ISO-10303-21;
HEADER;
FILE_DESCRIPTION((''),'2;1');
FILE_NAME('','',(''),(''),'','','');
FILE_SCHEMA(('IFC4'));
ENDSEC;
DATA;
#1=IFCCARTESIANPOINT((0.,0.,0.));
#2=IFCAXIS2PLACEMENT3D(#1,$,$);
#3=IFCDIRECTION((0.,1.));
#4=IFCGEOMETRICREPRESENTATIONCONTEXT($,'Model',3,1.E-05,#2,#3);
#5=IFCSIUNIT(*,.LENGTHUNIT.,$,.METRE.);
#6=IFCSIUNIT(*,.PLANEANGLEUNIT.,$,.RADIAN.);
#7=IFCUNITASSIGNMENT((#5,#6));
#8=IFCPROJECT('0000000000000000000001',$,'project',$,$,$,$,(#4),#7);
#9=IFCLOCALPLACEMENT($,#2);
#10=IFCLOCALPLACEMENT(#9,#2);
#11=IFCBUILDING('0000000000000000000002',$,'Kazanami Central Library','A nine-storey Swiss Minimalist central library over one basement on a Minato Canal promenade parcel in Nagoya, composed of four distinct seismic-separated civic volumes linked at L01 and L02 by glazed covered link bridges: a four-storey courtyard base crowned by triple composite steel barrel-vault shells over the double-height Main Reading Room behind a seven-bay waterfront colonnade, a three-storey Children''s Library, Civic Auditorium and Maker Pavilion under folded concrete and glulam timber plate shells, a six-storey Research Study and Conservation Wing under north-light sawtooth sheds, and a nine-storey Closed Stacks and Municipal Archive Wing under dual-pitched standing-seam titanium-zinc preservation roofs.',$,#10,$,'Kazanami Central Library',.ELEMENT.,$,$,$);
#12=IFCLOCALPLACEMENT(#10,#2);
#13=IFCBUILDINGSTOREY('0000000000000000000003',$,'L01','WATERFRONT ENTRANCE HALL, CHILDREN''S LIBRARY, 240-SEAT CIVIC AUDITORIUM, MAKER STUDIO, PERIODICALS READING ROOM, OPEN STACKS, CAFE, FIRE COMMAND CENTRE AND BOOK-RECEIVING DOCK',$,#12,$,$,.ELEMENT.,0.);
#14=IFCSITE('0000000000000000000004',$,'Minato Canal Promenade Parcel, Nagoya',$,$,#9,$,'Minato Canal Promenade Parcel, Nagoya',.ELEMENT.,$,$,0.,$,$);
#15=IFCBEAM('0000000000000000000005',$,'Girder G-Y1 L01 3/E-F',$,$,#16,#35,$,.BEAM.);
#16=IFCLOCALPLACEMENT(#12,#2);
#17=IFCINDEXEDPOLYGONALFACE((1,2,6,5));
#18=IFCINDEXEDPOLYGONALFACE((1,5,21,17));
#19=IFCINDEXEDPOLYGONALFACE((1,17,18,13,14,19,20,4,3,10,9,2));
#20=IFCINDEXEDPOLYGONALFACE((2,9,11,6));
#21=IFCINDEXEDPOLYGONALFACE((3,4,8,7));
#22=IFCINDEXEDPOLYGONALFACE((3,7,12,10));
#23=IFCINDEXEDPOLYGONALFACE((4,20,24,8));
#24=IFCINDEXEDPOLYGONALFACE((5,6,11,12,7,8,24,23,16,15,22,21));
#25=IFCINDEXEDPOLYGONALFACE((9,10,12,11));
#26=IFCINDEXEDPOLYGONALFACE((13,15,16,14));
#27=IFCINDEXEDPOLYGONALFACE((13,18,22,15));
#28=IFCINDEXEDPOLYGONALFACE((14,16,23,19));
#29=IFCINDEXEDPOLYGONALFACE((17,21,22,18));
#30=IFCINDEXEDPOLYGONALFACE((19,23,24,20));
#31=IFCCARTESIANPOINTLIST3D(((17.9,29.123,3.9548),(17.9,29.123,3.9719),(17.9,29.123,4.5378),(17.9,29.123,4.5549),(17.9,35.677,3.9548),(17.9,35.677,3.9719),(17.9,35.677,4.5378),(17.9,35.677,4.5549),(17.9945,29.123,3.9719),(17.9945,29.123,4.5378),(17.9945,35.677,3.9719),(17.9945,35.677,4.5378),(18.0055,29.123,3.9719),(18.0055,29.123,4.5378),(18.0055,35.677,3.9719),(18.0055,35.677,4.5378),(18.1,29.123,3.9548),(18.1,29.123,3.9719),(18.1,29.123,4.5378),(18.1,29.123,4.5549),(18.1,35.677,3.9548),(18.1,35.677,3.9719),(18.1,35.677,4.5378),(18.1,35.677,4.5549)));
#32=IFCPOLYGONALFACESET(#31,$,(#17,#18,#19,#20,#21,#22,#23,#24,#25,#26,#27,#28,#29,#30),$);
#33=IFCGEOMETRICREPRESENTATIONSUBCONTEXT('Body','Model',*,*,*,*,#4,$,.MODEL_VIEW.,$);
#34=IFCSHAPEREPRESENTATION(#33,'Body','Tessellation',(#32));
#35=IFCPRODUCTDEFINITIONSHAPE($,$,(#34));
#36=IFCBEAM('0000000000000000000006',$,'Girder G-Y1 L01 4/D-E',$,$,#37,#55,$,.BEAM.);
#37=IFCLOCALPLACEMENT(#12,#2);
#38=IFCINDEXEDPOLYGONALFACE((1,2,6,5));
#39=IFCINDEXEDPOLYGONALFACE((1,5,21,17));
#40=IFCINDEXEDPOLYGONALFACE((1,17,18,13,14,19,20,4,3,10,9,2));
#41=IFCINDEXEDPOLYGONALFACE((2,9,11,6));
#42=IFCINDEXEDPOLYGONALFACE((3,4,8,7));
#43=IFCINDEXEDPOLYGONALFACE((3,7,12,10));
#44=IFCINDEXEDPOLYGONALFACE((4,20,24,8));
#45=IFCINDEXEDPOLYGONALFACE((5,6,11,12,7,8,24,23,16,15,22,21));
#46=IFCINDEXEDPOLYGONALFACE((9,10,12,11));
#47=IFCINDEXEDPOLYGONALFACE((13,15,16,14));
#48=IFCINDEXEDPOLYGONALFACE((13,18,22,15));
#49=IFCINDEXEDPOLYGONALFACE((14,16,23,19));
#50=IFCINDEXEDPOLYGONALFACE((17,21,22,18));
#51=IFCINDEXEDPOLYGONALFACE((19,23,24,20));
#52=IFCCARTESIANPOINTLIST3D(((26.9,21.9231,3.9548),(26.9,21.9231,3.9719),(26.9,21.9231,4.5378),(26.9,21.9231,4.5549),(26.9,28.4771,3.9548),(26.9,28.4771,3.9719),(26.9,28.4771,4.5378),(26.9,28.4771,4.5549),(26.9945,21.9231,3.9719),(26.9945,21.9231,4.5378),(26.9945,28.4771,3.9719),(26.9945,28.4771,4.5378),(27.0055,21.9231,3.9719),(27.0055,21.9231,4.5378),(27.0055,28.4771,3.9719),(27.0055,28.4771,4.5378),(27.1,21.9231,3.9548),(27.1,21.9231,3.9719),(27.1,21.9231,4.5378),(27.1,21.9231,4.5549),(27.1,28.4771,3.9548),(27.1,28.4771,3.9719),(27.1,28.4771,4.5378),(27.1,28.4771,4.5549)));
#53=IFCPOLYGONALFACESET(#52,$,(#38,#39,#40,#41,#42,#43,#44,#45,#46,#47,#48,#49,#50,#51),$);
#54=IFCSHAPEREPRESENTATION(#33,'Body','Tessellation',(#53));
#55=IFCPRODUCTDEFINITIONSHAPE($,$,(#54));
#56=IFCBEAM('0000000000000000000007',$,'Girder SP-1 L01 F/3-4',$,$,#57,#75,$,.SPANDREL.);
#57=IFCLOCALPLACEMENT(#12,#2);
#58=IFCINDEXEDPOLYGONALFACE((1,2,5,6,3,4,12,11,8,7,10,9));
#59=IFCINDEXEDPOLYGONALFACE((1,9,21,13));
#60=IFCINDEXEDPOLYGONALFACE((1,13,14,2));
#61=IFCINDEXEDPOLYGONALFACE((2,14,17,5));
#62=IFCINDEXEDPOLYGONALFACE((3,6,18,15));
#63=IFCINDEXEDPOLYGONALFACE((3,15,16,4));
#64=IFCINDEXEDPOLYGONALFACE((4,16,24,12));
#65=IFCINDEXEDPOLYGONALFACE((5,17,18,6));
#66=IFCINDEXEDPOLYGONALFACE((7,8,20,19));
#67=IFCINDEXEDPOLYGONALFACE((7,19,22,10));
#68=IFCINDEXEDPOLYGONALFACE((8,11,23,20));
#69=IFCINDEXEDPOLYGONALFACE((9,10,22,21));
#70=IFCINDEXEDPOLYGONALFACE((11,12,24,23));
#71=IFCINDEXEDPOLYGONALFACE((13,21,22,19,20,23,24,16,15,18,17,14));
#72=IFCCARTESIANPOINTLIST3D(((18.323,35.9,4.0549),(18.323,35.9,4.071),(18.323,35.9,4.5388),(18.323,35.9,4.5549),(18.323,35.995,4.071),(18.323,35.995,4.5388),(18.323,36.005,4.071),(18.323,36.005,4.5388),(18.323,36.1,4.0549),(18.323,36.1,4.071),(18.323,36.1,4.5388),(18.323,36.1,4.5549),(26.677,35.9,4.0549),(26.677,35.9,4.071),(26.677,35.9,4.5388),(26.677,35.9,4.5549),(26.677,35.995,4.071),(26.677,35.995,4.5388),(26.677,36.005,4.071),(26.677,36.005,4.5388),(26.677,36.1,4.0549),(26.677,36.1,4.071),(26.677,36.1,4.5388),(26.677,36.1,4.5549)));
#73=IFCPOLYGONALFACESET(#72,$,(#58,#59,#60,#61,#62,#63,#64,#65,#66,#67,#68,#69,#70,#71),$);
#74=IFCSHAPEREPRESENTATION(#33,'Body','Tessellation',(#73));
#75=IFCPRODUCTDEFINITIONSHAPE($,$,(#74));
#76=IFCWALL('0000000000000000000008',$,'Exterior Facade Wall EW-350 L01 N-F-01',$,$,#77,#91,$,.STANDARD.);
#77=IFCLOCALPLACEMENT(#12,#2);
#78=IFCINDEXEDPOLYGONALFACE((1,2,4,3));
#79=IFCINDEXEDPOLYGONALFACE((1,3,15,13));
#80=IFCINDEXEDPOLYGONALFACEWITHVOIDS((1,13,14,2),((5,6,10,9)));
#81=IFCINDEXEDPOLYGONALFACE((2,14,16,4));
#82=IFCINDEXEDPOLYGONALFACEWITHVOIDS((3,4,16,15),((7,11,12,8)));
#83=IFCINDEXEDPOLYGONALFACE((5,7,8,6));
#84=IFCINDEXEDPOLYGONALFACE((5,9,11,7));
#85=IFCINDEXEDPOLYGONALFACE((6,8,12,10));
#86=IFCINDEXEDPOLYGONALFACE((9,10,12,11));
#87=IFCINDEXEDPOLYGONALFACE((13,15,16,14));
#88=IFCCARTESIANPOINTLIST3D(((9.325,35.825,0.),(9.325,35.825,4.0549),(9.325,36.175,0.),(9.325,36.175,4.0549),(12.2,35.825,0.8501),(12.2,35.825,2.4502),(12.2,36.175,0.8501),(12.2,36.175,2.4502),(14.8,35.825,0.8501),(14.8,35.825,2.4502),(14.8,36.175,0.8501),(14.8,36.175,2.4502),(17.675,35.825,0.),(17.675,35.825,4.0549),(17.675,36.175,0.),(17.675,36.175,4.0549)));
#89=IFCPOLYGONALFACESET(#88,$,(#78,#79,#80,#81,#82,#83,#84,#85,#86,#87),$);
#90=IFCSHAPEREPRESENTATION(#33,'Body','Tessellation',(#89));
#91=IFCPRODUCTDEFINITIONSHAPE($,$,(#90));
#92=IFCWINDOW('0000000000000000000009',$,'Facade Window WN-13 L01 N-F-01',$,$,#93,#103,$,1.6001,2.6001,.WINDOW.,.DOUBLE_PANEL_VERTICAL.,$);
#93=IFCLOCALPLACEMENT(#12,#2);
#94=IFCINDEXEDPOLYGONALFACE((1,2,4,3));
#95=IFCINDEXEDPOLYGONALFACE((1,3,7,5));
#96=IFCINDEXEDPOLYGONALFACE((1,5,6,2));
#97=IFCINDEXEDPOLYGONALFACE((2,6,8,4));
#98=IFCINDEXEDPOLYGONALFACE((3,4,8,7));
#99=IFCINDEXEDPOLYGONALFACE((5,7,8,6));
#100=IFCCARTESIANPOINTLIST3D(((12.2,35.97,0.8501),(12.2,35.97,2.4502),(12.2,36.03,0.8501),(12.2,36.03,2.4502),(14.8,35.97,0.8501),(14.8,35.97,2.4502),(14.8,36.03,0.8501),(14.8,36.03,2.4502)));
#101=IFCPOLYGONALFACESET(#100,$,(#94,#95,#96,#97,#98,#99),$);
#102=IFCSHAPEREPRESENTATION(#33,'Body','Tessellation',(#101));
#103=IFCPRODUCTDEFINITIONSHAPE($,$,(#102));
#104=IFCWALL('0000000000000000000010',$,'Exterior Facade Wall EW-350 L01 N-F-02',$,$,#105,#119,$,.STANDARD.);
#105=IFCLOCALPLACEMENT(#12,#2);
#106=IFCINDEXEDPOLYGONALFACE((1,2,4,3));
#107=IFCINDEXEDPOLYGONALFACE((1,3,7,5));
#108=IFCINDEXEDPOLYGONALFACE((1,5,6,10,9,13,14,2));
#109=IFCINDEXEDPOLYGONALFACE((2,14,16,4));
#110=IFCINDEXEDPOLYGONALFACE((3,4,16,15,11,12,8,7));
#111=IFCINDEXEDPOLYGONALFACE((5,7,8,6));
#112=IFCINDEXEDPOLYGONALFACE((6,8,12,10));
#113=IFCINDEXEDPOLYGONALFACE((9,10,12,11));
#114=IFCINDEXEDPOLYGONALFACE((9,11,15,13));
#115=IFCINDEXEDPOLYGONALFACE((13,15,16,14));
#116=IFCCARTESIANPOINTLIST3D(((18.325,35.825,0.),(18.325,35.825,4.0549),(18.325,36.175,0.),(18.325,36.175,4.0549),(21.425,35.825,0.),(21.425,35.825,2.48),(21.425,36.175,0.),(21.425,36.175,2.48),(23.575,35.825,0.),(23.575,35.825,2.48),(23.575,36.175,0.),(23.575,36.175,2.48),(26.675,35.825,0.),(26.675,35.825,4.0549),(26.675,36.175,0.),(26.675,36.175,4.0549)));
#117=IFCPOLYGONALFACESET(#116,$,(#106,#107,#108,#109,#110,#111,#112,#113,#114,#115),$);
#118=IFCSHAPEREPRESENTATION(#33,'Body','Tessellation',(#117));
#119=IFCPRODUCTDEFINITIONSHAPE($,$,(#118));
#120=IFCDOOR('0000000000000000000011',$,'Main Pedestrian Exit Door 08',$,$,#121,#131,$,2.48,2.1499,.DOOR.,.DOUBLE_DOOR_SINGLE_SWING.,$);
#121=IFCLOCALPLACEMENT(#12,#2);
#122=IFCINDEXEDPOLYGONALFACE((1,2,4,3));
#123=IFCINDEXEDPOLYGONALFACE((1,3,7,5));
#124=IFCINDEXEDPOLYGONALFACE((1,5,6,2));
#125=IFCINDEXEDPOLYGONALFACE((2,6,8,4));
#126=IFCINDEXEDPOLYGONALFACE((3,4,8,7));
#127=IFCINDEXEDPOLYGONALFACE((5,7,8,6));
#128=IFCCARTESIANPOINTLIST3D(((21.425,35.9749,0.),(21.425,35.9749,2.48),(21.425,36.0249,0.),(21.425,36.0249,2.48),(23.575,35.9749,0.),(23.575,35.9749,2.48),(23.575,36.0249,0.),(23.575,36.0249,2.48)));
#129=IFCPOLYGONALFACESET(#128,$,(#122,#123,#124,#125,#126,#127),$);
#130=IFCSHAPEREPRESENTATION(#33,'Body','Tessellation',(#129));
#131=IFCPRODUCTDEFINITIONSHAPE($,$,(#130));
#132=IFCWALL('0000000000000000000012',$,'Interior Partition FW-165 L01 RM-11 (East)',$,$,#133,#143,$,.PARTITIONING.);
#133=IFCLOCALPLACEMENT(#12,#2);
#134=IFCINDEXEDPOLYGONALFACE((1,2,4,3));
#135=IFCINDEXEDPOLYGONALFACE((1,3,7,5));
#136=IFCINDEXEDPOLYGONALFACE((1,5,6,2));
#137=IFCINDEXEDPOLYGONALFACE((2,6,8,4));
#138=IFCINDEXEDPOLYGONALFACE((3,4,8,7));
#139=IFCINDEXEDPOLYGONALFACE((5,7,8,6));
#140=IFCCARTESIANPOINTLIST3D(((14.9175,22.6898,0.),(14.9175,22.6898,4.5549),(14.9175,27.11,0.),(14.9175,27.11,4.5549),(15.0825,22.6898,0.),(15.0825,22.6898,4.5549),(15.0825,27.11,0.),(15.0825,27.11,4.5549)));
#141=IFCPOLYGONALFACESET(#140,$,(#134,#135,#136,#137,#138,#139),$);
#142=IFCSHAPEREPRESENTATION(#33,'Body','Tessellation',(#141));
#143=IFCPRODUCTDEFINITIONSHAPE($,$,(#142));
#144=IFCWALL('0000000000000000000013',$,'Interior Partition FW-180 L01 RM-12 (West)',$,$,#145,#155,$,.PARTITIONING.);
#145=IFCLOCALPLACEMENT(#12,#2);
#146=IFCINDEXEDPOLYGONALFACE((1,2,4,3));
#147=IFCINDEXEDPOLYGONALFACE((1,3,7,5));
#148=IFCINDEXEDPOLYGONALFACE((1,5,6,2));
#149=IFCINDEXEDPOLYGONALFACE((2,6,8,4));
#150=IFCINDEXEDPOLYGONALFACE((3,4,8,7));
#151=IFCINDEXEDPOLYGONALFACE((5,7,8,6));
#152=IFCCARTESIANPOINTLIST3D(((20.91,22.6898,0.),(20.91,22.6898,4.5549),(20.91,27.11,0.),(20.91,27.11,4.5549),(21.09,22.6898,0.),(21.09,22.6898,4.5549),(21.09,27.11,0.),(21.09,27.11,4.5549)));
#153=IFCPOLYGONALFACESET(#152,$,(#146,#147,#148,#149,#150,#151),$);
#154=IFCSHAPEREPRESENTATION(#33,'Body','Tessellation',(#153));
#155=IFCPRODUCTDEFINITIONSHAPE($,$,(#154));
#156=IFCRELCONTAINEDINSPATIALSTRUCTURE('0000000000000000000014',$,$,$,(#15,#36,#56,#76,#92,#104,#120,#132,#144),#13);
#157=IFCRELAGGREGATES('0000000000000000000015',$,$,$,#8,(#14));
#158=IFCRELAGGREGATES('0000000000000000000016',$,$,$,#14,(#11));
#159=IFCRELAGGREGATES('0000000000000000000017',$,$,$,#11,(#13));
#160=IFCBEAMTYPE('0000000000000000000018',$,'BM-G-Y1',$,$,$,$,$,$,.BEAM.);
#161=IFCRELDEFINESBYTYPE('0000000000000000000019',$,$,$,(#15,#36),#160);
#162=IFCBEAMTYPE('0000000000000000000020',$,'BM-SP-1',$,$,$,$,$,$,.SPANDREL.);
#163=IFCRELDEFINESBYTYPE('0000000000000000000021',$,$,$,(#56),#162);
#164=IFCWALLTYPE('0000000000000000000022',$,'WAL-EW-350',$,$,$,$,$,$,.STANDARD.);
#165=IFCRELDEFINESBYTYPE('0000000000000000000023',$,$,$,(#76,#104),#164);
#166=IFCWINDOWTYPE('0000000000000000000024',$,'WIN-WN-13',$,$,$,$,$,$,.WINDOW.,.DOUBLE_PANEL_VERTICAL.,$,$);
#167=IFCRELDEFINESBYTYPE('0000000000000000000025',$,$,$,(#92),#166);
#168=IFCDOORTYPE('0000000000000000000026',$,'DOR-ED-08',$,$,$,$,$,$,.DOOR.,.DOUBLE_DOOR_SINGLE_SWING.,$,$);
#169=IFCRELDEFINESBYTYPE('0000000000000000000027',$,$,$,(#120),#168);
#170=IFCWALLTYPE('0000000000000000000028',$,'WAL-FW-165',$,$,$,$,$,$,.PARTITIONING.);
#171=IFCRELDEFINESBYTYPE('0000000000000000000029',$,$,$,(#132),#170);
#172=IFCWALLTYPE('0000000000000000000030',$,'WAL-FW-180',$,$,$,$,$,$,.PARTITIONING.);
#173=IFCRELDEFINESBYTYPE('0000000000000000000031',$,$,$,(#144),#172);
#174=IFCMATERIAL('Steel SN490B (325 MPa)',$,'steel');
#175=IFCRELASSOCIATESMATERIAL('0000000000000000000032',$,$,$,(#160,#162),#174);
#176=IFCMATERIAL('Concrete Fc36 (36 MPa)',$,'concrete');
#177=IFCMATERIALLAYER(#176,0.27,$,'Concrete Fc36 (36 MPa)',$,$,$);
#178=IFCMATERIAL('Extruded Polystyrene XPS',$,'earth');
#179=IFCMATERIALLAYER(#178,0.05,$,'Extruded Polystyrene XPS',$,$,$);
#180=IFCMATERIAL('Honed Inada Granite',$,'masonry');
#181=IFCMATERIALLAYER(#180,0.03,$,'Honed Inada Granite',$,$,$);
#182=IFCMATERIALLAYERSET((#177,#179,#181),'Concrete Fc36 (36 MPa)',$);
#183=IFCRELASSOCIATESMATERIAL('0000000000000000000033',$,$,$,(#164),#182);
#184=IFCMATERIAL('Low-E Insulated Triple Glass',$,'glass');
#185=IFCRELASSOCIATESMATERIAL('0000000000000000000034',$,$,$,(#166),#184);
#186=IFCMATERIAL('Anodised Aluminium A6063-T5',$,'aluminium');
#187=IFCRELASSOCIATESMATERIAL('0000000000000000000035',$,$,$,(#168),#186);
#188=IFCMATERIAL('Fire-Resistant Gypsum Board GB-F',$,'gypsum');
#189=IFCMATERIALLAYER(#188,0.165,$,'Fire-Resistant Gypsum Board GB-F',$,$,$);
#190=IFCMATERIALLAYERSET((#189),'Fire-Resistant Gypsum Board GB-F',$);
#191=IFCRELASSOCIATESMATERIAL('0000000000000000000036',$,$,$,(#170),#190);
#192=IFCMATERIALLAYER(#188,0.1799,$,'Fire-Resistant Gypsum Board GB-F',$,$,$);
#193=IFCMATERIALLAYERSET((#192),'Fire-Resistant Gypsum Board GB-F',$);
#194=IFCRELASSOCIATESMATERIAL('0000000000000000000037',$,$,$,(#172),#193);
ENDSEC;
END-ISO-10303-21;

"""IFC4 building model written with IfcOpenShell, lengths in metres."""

from ifc_helpers import new_model, si_unit, direction, frame, frame_2d, origin, origin_2d, place, context, subcontext, project, spatial, rectangle, i_section, extrude, material, layer, layer_set, material_profile, profile_set, type_object, element, fill, save


model = new_model("IFC4")

# Units and contexts
model_context = context("Model", 3, precision=1e-05, world=origin(), true_north=direction((0.0, 1.0)))
body_context = subcontext(model_context, "Body", "Model", "MODEL_VIEW")
ifc_project = project(units=[si_unit("LENGTHUNIT", "METRE"), si_unit("PLANEANGLEUNIT", "RADIAN")], contexts=[model_context])

# Site, building, storey
site_placement = place(None, origin())
site = spatial("IfcSite", under=ifc_project, at=site_placement, Name="Minato Canal Promenade Parcel, Nagoya", LongName="Minato Canal Promenade Parcel, Nagoya", CompositionType="ELEMENT", RefElevation=0.0)
building_placement = place(site_placement, origin())
building = spatial("IfcBuilding", under=site, at=building_placement, Name="Kazanami Central Library", Description="A nine-storey Swiss Minimalist central library over one basement on a Minato Canal promenade parcel in Nagoya, composed of four distinct seismic-separated civic volumes linked at L01 and L02 by glazed covered link bridges: a four-storey courtyard base crowned by triple composite steel barrel-vault shells over the double-height Main Reading Room behind a seven-bay waterfront colonnade, a three-storey Children's Library, Civic Auditorium and Maker Pavilion under folded concrete and glulam timber plate shells, a six-storey Research Study and Conservation Wing under north-light sawtooth sheds, and a nine-storey Closed Stacks and Municipal Archive Wing under dual-pitched standing-seam titanium-zinc preservation roofs.", LongName="Kazanami Central Library", CompositionType="ELEMENT")
storey_placement = place(building_placement, origin())
storey = spatial("IfcBuildingStorey", under=building, at=storey_placement, Name="L01", Description="WATERFRONT ENTRANCE HALL, CHILDREN'S LIBRARY, 240-SEAT CIVIC AUDITORIUM, MAKER STUDIO, PERIODICALS READING ROOM, OPEN STACKS, CAFE, FIRE COMMAND CENTRE AND BOOK-RECEIVING DOCK", CompositionType="ELEMENT", Elevation=0.0)

# Beams
ifc_material_1 = material(Name="Steel SN490B (325 MPa)", Category="steel")
ifc_material_profile_1 = material_profile(ifc_material_1, i_section(OverallWidth=0.2, OverallDepth=0.6001, WebThickness=0.011, FlangeThickness=0.0171, at=origin_2d()), Name="H-600x200x11x17")
ifc_profile_set_1 = profile_set([ifc_material_profile_1], Name="Steel SN490B (325 MPa)")
beam_type_1 = type_object("IfcBeamType", Name="BM-G-Y1", PredefinedType="BEAM", material=ifc_profile_set_1)
for number, where, z_axis, x_axis, name in (
    (1, (18.0, 29.123, 4.2549), (0.0, 1.0, 0.0), (-1.0, 0.0, 0.0), "Girder G-Y1 L01 3/E-F"),
    (2, (27.0, 21.9231, 4.2549), (0.0, 1.0, 0.0), (-1.0, 0.0, 0.0), "Girder G-Y1 L01 4/D-E"),
):
    element("IfcBeam", number, at=place(storey_placement, frame(where, z_axis=z_axis, x_axis=x_axis)), inside=storey, type_object=beam_type_1, Name=name, PredefinedType="BEAM", context=body_context, shape_type="SweptSolid", body=[
        extrude(i_section(OverallWidth=0.2, OverallDepth=0.6001, WebThickness=0.011, FlangeThickness=0.0171, at=origin_2d()), origin(), (0.0, 0.0, 1.0), 6.554),
    ])
ifc_material_profile_2 = material_profile(ifc_material_1, i_section(OverallWidth=0.2, OverallDepth=0.5, WebThickness=0.01, FlangeThickness=0.0161, at=origin_2d()), Name="H-500x200x10x16")
ifc_profile_set_2 = profile_set([ifc_material_profile_2], Name="Steel SN490B (325 MPa)")
beam_type_2 = type_object("IfcBeamType", Name="BM-SP-1", PredefinedType="SPANDREL", material=ifc_profile_set_2)
beam_1_placement = place(storey_placement, frame((18.323, 36.0, 4.3049), z_axis=(1.0, 0.0, 0.0), x_axis=(0.0, 1.0, 0.0)))
element("IfcBeam", 3, at=beam_1_placement, inside=storey, type_object=beam_type_2, Name="Girder SP-1 L01 F/3-4", PredefinedType="SPANDREL", context=body_context, shape_type="SweptSolid", body=[
    extrude(i_section(OverallWidth=0.2, OverallDepth=0.5, WebThickness=0.01, FlangeThickness=0.0161, at=origin_2d()), origin(), (0.0, 0.0, 1.0), 8.354),
])

# Wall, opening, window
ifc_material_2 = material(Name="Concrete Fc36 (36 MPa)", Category="concrete")
ifc_layer_1 = layer(ifc_material_2, 0.27, Name="Concrete Fc36 (36 MPa)")
ifc_material_3 = material(Name="Extruded Polystyrene XPS", Category="earth")
ifc_layer_2 = layer(ifc_material_3, 0.05, Name="Extruded Polystyrene XPS")
ifc_material_4 = material(Name="Honed Inada Granite", Category="masonry")
ifc_layer_3 = layer(ifc_material_4, 0.03, Name="Honed Inada Granite")
ifc_layer_set_1 = layer_set([ifc_layer_1, ifc_layer_2, ifc_layer_3], Name="Concrete Fc36 (36 MPa)")
wall_type_1 = type_object("IfcWallType", Name="WAL-EW-350", PredefinedType="STANDARD", material=ifc_layer_set_1)
wall_1_placement = place(storey_placement, frame((17.675, 36.0, 0.0), z_axis=(0.0, 0.0, 1.0), x_axis=(-1.0, 0.0, 0.0)))
wall_1 = element("IfcWall", 4, at=wall_1_placement, inside=storey, type_object=wall_type_1, Name="Exterior Facade Wall EW-350 L01 N-F-01", PredefinedType="STANDARD", context=body_context, shape_type="SweptSolid", body=[
    extrude(rectangle(XDim=8.3501, YDim=0.3501, at=frame_2d((4.175, 0.0))), origin(), (0.0, 0.0, 1.0), 4.0549),
])
opening_1_placement = place(wall_1_placement, frame((2.875, 0.0, 0.8501)))
opening_1 = element("IfcOpeningElement", 5, at=opening_1_placement, cuts=wall_1, PredefinedType="OPENING", context=body_context, shape_type="SweptSolid", body=[
    extrude(rectangle(XDim=2.6001, YDim=1.6001, at=frame_2d((1.3, 0.8))), frame((0.0, 0.187, 0.0), z_axis=(0.0, -1.0, 0.0), x_axis=(1.0, 0.0, 0.0)), (0.0, 0.0, 1.0), 0.374),
])
ifc_material_5 = material(Name="Low-E Insulated Triple Glass", Category="glass")
window_type = type_object("IfcWindowType", Name="WIN-WN-13", PartitioningType="DOUBLE_PANEL_VERTICAL", PredefinedType="WINDOW", material=ifc_material_5)
window_placement = place(opening_1_placement, origin())
window = element("IfcWindow", 6, at=window_placement, inside=storey, type_object=window_type, Name="Facade Window WN-13 L01 N-F-01", OverallHeight=1.6001, OverallWidth=2.6001, PartitioningType="DOUBLE_PANEL_VERTICAL", PredefinedType="WINDOW", context=body_context, shape_type="SweptSolid", body=[
    extrude(rectangle(XDim=2.6001, YDim=1.6001, at=frame_2d((1.3, 0.8))), frame((0.0, 0.03, 0.0), z_axis=(0.0, -1.0, 0.0), x_axis=(1.0, 0.0, 0.0)), (0.0, 0.0, 1.0), 0.0601),
])
fill(opening_1, window)

# Wall, opening, door
wall_2_placement = place(storey_placement, frame((26.675, 36.0, 0.0), z_axis=(0.0, 0.0, 1.0), x_axis=(-1.0, 0.0, 0.0)))
wall_2 = element("IfcWall", 7, at=wall_2_placement, inside=storey, type_object=wall_type_1, Name="Exterior Facade Wall EW-350 L01 N-F-02", PredefinedType="STANDARD", context=body_context, shape_type="SweptSolid", body=[
    extrude(rectangle(XDim=8.3501, YDim=0.3501, at=frame_2d((4.175, 0.0))), origin(), (0.0, 0.0, 1.0), 4.0549),
])
opening_2_placement = place(wall_2_placement, frame((3.1001, 0.0, 0.0)))
opening_2 = element("IfcOpeningElement", 8, at=opening_2_placement, cuts=wall_2, PredefinedType="OPENING", context=body_context, shape_type="SweptSolid", body=[
    extrude(rectangle(XDim=2.1499, YDim=2.48, at=frame_2d((1.075, 1.24))), frame((0.0, 0.187, 0.0), z_axis=(0.0, -1.0, 0.0), x_axis=(1.0, 0.0, 0.0)), (0.0, 0.0, 1.0), 0.374),
])
ifc_material_6 = material(Name="Anodised Aluminium A6063-T5", Category="aluminium")
door_type_1 = type_object("IfcDoorType", Name="DOR-ED-08", OperationType="DOUBLE_DOOR_SINGLE_SWING", PredefinedType="DOOR", material=ifc_material_6)
door_1_placement = place(opening_2_placement, frame((2.1499, 0.0, 0.0), z_axis=(0.0, 0.0, 1.0), x_axis=(-1.0, 0.0, 0.0)))
door_1 = element("IfcDoor", 9, at=door_1_placement, inside=storey, type_object=door_type_1, Name="Main Pedestrian Exit Door 08", OperationType="DOUBLE_DOOR_SINGLE_SWING", OverallHeight=2.48, OverallWidth=2.1499, PredefinedType="DOOR", context=body_context, shape_type="SweptSolid", body=[
    extrude(rectangle(XDim=2.1499, YDim=2.48, at=frame_2d((1.075, 1.24))), frame((0.0, 0.0249, 0.0), z_axis=(0.0, -1.0, 0.0), x_axis=(1.0, 0.0, 0.0)), (0.0, 0.0, 1.0), 0.05),
])
fill(opening_2, door_1)

# Wall
ifc_material_7 = material(Name="Fire-Resistant Gypsum Board GB-F", Category="gypsum")
ifc_layer_4 = layer(ifc_material_7, 0.165, Name="Fire-Resistant Gypsum Board GB-F")
ifc_layer_set_2 = layer_set([ifc_layer_4], Name="Fire-Resistant Gypsum Board GB-F")
wall_type_2 = type_object("IfcWallType", Name="WAL-FW-165", PredefinedType="PARTITIONING", material=ifc_layer_set_2)
wall_3_placement = place(storey_placement, frame((15.0, 22.6899, 0.0), z_axis=(0.0, 0.0, 1.0), x_axis=(0.0, 1.0, 0.0)))
element("IfcWall", 10, at=wall_3_placement, inside=storey, type_object=wall_type_2, Name="Interior Partition FW-165 L01 RM-11 (East)", PredefinedType="PARTITIONING", context=body_context, shape_type="SweptSolid", body=[
    extrude(rectangle(XDim=4.4202, YDim=0.165, at=frame_2d((2.21, 0.0))), origin(), (0.0, 0.0, 1.0), 4.5549),
])

# Shared definitions
ifc_layer_5 = layer(ifc_material_7, 0.1799, Name="Fire-Resistant Gypsum Board GB-F")
ifc_layer_set_3 = layer_set([ifc_layer_5], Name="Fire-Resistant Gypsum Board GB-F")
wall_type_3 = type_object("IfcWallType", Name="WAL-FW-180", PredefinedType="PARTITIONING", material=ifc_layer_set_3)

# Wall
wall_4_placement = place(storey_placement, frame((21.0, 22.6899, 0.0), z_axis=(0.0, 0.0, 1.0), x_axis=(0.0, 1.0, 0.0)))
element("IfcWall", 11, at=wall_4_placement, inside=storey, type_object=wall_type_3, Name="Interior Partition FW-180 L01 RM-12 (West)", PredefinedType="PARTITIONING", context=body_context, shape_type="SweptSolid", body=[
    extrude(rectangle(XDim=4.4202, YDim=0.1799, at=frame_2d((2.21, 0.0))), origin(), (0.0, 0.0, 1.0), 4.5549),
])

save(model, "model.ifc")
